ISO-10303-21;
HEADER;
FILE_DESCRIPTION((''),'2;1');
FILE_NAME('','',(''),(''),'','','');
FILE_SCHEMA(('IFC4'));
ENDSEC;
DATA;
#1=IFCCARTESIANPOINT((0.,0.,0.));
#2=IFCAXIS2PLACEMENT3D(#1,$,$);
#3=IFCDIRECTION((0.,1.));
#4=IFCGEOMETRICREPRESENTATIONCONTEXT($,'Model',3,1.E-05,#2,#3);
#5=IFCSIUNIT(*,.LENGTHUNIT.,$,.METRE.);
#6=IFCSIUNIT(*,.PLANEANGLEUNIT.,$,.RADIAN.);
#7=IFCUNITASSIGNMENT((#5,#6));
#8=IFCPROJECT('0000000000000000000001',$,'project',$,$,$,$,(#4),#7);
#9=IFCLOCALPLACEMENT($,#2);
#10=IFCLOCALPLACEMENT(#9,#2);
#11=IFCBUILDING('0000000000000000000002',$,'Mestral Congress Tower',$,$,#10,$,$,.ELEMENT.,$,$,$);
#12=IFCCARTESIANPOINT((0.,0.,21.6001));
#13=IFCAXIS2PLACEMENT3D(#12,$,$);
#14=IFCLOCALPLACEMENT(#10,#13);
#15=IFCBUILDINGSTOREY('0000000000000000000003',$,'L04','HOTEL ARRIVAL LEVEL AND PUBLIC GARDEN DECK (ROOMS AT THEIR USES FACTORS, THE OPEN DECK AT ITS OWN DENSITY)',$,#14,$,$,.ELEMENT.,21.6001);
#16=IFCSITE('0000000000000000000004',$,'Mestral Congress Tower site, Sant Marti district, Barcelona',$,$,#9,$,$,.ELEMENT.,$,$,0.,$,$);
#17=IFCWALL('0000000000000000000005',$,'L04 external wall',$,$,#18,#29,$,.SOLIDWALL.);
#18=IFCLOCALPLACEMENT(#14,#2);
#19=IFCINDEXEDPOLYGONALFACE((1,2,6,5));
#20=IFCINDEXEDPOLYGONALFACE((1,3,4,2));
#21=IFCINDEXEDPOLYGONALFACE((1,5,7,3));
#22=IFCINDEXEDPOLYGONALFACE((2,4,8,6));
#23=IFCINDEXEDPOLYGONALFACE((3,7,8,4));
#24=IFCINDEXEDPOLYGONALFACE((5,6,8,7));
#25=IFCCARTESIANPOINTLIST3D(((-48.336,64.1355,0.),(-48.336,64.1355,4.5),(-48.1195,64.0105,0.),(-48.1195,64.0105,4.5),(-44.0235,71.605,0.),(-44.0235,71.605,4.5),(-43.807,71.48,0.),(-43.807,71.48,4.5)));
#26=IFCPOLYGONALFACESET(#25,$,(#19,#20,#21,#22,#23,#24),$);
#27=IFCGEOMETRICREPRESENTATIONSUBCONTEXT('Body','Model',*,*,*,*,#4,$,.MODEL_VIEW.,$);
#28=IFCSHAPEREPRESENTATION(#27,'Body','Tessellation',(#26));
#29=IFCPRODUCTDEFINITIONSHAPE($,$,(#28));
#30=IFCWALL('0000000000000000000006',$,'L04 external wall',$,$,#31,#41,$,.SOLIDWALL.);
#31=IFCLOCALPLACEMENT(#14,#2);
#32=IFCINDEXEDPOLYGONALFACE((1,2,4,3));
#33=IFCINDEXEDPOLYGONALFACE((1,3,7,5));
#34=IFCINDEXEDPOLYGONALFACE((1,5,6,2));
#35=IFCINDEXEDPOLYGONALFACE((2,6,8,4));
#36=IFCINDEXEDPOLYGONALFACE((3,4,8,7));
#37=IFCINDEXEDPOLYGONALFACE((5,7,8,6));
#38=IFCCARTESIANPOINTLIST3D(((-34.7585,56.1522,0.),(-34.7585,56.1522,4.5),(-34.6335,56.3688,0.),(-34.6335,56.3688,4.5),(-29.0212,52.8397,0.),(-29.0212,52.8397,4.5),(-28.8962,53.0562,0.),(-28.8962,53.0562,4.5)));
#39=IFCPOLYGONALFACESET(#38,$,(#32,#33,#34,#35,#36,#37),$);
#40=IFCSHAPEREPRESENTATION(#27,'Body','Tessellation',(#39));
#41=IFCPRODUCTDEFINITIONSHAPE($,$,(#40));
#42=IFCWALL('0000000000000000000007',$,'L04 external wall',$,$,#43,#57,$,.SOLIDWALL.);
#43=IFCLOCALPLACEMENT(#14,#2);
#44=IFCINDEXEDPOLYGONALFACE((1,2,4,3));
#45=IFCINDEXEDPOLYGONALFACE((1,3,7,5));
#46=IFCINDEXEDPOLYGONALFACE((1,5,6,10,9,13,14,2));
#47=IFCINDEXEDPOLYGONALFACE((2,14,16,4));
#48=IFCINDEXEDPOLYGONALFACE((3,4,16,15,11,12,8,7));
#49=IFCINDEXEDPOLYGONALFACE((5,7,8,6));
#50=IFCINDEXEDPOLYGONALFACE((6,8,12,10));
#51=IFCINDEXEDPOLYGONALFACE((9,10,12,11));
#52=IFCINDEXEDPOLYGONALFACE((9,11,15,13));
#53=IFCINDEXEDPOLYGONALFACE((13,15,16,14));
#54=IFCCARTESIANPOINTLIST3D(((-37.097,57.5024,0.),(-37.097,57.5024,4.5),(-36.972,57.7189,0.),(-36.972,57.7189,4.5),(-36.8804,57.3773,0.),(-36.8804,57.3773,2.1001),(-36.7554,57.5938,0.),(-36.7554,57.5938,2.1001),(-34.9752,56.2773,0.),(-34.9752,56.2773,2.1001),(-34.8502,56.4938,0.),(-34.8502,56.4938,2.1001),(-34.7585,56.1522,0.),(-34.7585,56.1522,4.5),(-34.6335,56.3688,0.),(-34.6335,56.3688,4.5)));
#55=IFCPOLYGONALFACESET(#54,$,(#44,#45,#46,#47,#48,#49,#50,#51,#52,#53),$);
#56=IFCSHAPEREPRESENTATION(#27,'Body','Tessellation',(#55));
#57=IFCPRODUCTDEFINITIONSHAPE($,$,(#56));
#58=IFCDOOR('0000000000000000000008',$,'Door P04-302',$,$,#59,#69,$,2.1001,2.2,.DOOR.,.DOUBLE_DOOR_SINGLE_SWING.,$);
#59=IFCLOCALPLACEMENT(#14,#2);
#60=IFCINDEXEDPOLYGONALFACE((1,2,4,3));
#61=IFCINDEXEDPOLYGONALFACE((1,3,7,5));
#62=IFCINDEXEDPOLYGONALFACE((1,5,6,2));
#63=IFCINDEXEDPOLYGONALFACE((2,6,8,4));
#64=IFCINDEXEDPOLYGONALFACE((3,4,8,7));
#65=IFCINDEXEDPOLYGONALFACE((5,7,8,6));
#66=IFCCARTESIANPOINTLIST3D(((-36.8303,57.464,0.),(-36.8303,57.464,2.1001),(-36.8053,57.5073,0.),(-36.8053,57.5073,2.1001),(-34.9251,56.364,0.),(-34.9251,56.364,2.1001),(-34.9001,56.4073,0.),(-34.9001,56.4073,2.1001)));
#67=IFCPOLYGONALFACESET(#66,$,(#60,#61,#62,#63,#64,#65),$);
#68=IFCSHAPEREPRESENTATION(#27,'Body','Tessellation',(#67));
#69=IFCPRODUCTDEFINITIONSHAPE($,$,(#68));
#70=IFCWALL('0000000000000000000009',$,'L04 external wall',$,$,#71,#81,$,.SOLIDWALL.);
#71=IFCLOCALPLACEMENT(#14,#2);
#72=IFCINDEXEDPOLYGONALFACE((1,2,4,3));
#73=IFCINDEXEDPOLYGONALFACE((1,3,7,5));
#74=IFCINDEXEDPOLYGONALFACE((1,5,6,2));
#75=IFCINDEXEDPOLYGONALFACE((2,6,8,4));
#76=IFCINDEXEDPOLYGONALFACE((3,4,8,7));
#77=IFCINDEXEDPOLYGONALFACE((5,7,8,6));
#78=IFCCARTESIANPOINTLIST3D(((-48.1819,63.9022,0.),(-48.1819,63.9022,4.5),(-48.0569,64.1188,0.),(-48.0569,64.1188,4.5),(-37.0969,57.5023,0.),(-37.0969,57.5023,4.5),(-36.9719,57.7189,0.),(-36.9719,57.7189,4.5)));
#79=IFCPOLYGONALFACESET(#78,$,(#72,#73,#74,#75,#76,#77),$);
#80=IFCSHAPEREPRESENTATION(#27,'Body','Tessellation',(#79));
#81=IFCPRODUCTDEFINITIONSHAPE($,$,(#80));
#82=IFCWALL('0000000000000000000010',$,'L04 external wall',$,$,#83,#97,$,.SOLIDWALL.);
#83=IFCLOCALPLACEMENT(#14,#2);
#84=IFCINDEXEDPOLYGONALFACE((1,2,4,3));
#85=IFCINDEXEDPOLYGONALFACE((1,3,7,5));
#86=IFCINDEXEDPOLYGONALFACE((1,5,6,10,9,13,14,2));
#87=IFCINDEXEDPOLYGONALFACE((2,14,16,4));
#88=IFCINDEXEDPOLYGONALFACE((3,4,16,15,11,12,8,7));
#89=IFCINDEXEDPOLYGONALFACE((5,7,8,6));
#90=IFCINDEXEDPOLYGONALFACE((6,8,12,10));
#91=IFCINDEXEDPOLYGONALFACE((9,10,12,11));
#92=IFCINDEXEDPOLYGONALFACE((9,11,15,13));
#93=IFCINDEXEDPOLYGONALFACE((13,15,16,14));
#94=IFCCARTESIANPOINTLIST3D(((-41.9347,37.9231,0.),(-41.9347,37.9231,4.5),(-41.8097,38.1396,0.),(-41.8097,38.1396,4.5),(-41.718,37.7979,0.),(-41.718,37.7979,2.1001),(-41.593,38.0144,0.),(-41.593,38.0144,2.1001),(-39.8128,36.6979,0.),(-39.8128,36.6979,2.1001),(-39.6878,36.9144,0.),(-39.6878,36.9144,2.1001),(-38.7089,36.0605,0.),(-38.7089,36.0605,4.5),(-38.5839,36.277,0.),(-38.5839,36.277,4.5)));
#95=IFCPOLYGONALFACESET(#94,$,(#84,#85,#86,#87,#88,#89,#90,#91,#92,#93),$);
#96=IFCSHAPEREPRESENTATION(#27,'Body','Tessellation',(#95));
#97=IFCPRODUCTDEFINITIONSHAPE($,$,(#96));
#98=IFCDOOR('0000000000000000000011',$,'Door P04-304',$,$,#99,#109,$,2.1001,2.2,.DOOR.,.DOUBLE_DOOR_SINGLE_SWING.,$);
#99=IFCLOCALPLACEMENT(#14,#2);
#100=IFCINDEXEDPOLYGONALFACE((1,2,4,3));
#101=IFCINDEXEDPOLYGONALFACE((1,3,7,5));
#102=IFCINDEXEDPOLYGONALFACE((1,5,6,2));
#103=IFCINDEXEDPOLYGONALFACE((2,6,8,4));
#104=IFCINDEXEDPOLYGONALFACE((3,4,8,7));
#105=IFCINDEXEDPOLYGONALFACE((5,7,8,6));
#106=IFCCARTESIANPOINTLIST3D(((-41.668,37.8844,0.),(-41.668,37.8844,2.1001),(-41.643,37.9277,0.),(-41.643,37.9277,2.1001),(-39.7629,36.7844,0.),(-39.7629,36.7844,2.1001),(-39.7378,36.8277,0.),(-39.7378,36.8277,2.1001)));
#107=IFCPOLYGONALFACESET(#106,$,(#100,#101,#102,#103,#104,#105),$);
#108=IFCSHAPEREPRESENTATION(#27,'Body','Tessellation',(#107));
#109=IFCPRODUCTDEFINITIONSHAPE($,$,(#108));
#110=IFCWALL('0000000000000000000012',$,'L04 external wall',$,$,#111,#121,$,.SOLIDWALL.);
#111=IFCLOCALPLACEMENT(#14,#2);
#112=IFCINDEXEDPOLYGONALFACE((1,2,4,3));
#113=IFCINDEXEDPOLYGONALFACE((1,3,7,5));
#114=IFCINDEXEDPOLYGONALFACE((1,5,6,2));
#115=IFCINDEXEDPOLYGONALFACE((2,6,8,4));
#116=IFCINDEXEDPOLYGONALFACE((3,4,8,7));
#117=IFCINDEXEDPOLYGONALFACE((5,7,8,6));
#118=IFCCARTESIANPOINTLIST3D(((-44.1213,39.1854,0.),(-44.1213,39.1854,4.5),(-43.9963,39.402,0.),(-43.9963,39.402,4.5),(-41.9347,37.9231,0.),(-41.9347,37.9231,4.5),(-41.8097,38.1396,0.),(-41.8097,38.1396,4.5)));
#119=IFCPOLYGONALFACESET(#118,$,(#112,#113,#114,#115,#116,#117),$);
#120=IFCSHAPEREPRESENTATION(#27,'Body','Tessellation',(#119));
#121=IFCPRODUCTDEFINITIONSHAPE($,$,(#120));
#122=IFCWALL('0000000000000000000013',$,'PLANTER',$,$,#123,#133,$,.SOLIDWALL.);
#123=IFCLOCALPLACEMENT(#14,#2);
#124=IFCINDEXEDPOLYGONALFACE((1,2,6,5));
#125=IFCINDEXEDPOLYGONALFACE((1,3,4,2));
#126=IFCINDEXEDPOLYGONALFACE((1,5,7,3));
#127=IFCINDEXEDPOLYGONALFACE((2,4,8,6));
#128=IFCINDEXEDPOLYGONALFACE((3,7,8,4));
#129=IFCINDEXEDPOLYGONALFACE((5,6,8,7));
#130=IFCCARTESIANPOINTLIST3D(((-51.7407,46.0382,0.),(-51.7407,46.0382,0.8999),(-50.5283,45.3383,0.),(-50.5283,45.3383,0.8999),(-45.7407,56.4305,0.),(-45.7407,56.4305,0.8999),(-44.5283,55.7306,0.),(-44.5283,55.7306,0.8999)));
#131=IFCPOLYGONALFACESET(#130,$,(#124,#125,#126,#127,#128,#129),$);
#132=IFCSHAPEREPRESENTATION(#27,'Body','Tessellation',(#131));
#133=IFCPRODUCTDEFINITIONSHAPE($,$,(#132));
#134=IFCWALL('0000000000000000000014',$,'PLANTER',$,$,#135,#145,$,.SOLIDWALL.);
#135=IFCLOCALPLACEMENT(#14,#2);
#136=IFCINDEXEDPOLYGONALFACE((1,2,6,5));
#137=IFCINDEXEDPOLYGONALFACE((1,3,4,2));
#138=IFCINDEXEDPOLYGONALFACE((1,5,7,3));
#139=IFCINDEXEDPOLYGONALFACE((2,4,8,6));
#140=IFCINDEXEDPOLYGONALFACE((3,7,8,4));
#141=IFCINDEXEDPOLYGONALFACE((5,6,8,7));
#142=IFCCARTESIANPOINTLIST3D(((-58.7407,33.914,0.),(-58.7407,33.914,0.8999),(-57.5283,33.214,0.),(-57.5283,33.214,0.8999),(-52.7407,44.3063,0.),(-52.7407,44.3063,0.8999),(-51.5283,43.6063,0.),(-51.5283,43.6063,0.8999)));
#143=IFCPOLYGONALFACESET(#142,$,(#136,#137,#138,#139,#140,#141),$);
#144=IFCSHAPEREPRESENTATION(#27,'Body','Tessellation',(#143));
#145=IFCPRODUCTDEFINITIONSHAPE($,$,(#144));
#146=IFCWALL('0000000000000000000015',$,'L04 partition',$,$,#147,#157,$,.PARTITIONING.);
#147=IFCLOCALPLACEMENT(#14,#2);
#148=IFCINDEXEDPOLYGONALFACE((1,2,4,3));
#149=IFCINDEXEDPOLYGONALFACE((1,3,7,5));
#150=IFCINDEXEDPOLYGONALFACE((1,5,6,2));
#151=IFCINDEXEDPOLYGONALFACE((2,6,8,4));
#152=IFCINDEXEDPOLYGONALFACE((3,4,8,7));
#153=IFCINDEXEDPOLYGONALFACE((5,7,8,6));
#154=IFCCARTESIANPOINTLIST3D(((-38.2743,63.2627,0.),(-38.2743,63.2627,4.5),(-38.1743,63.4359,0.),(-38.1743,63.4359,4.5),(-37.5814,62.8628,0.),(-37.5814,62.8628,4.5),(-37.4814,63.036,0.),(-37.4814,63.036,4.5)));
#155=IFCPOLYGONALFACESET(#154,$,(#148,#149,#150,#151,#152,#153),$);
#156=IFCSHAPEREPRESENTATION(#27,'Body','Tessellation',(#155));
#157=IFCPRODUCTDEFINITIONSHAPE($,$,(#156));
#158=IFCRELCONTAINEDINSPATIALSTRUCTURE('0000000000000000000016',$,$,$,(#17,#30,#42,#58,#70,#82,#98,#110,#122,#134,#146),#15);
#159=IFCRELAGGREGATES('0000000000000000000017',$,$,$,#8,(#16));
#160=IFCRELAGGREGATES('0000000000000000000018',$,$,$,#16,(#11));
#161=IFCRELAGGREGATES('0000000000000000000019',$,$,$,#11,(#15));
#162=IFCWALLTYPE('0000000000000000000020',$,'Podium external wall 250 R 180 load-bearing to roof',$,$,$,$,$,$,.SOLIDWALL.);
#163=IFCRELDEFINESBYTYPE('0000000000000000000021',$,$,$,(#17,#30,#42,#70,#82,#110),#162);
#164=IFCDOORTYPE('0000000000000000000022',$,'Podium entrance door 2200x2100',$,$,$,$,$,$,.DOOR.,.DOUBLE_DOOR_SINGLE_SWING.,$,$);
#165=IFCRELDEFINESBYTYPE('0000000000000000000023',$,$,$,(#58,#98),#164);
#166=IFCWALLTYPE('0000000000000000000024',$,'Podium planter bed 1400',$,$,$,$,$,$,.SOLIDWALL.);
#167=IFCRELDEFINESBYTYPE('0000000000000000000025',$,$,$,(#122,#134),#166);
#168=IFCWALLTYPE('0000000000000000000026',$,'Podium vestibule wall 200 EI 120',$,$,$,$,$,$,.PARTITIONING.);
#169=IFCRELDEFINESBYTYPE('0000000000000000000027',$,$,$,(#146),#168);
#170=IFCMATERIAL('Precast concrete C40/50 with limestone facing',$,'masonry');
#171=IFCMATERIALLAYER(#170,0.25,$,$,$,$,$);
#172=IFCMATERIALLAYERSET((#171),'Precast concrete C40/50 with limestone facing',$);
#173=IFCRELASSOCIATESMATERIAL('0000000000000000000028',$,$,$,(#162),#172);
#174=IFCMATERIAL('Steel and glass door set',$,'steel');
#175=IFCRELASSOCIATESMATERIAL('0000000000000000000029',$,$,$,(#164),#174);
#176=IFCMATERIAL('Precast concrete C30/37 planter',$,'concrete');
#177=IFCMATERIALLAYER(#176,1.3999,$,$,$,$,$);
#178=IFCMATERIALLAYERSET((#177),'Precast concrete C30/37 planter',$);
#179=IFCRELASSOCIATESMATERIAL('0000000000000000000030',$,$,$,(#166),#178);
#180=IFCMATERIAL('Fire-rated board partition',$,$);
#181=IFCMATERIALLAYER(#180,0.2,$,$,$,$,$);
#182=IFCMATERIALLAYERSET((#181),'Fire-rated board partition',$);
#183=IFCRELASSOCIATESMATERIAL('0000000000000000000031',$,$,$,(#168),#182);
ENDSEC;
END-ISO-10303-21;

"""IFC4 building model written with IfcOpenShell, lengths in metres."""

from ifc_helpers import new_model, si_unit, direction, frame, frame_2d, origin, place, context, subcontext, project, spatial, rectangle, extrude, material, layer, layer_set, type_object, element, fill, save


model = new_model("IFC4")

# Units and contexts
model_context = context("Model", 3, precision=1e-05, world=origin(), true_north=direction((0.0, 1.0)))
body_context = subcontext(model_context, "Body", "Model", "MODEL_VIEW")
ifc_project = project(units=[si_unit("LENGTHUNIT", "METRE"), si_unit("PLANEANGLEUNIT", "RADIAN")], contexts=[model_context])

# Site, building, storey
site_placement = place(None, origin())
site = spatial("IfcSite", under=ifc_project, at=site_placement, Name="Mestral Congress Tower site, Sant Marti district, Barcelona", CompositionType="ELEMENT", RefElevation=0.0)
building_placement = place(site_placement, origin())
building = spatial("IfcBuilding", under=site, at=building_placement, Name="Mestral Congress Tower", CompositionType="ELEMENT")
storey_placement = place(building_placement, frame((0.0, 0.0, 21.6001)))
storey = spatial("IfcBuildingStorey", under=building, at=storey_placement, Name="L04", Description="HOTEL ARRIVAL LEVEL AND PUBLIC GARDEN DECK (ROOMS AT THEIR USES FACTORS, THE OPEN DECK AT ITS OWN DENSITY)", CompositionType="ELEMENT", Elevation=21.6001)

# Walls
ifc_material_1 = material(Name="Precast concrete C40/50 with limestone facing", Category="masonry")
ifc_layer_1 = layer(ifc_material_1, 0.25)
ifc_layer_set_1 = layer_set([ifc_layer_1], Name="Precast concrete C40/50 with limestone facing")
wall_type_1 = type_object("IfcWallType", Name="Podium external wall 250 R 180 load-bearing to roof", PredefinedType="SOLIDWALL", material=ifc_layer_set_1)
wall_1_placement = place(storey_placement, frame((-48.2278, 64.073, 0.0), z_axis=(0.0, 0.0, 1.0), x_axis=(0.499999, 0.866026, 0.0)))
element("IfcWall", 1, at=wall_1_placement, inside=storey, type_object=wall_type_1, Name="L04 external wall", PredefinedType="SOLIDWALL", context=body_context, shape_type="SweptSolid", body=[
    extrude(rectangle(XDim=8.625, YDim=0.25, at=frame_2d((4.3125, 0.0))), origin(), (0.0, 0.0, 1.0), 4.5),
])
wall_2_placement = place(storey_placement, frame((-34.696, 56.2605, 0.0), z_axis=(0.0, 0.0, 1.0), x_axis=(0.866021, -0.500007, 0.0)))
element("IfcWall", 2, at=wall_2_placement, inside=storey, type_object=wall_type_1, Name="L04 external wall", PredefinedType="SOLIDWALL", context=body_context, shape_type="SweptSolid", body=[
    extrude(rectangle(XDim=6.625, YDim=0.25, at=frame_2d((3.3125, 0.0))), origin(), (0.0, 0.0, 1.0), 4.5),
])

# Wall, opening, door
wall_3_placement = place(storey_placement, frame((-34.696, 56.2605, 0.0), z_axis=(0.0, 0.0, 1.0), x_axis=(-0.86602, 0.500009, 0.0)))
wall_3 = element("IfcWall", 3, at=wall_3_placement, inside=storey, type_object=wall_type_1, Name="L04 external wall", PredefinedType="SOLIDWALL", context=body_context, shape_type="SweptSolid", body=[
    extrude(rectangle(XDim=2.7002, YDim=0.25, at=frame_2d((1.3501, 0.0))), origin(), (0.0, 0.0, 1.0), 4.5),
])
opening_1_placement = place(wall_3_placement, frame((0.25, 0.0, 0.0)))
opening_1 = element("IfcOpeningElement", 4, at=opening_1_placement, cuts=wall_3, PredefinedType="OPENING", context=body_context, shape_type="SweptSolid", body=[
    extrude(rectangle(XDim=2.2, YDim=2.1001, at=frame_2d((1.1001, 1.05))), frame((0.0, 0.135, 0.0), z_axis=(0.0, -1.0, 0.0), x_axis=(1.0, 0.0, 0.0)), (0.0, 0.0, 1.0), 0.27),
])
ifc_material_2 = material(Name="Steel and glass door set", Category="steel")
door_type = type_object("IfcDoorType", Name="Podium entrance door 2200x2100", OperationType="DOUBLE_DOOR_SINGLE_SWING", PredefinedType="DOOR", material=ifc_material_2)
door_1_placement = place(opening_1_placement, origin())
door_1 = element("IfcDoor", 5, at=door_1_placement, inside=storey, type_object=door_type, Name="Door P04-302", OperationType="DOUBLE_DOOR_SINGLE_SWING", OverallHeight=2.1001, OverallWidth=2.2, PredefinedType="DOOR", context=body_context, shape_type="SweptSolid", body=[
    extrude(rectangle(XDim=2.2, YDim=2.1001, at=frame_2d((1.1001, 1.05))), frame((0.0, 0.0249, 0.0), z_axis=(0.0, -1.0, 0.0), x_axis=(1.0, 0.0, 0.0)), (0.0, 0.0, 1.0), 0.05),
])
fill(opening_1, door_1)

# Wall
wall_4_placement = place(storey_placement, frame((-48.1194, 64.0105, 0.0), z_axis=(0.0, 0.0, 1.0), x_axis=(0.866025, -0.5, 0.0)))
element("IfcWall", 6, at=wall_4_placement, inside=storey, type_object=wall_type_1, Name="L04 external wall", PredefinedType="SOLIDWALL", context=body_context, shape_type="SweptSolid", body=[
    extrude(rectangle(XDim=12.7998, YDim=0.25, at=frame_2d((6.3999, 0.0))), origin(), (0.0, 0.0, 1.0), 4.5),
])

# Wall, opening, door
wall_5_placement = place(storey_placement, frame((-41.8721, 38.0312, 0.0), z_axis=(0.0, 0.0, 1.0), x_axis=(0.866012, -0.500023, 0.0)))
wall_5 = element("IfcWall", 7, at=wall_5_placement, inside=storey, type_object=wall_type_1, Name="L04 external wall", PredefinedType="SOLIDWALL", context=body_context, shape_type="SweptSolid", body=[
    extrude(rectangle(XDim=3.7249, YDim=0.25, at=frame_2d((1.8623, 0.0))), origin(), (0.0, 0.0, 1.0), 4.5),
])
opening_2_placement = place(wall_5_placement, frame((0.25, 0.0, 0.0)))
opening_2 = element("IfcOpeningElement", 8, at=opening_2_placement, cuts=wall_5, PredefinedType="OPENING", context=body_context, shape_type="SweptSolid", body=[
    extrude(rectangle(XDim=2.2, YDim=2.1001, at=frame_2d((1.1001, 1.05))), frame((0.0, 0.135, 0.0), z_axis=(0.0, -1.0, 0.0), x_axis=(1.0, 0.0, 0.0)), (0.0, 0.0, 1.0), 0.27),
])
door_2_placement = place(opening_2_placement, origin())
door_2 = element("IfcDoor", 9, at=door_2_placement, inside=storey, type_object=door_type, Name="Door P04-304", OperationType="DOUBLE_DOOR_SINGLE_SWING", OverallHeight=2.1001, OverallWidth=2.2, PredefinedType="DOOR", context=body_context, shape_type="SweptSolid", body=[
    extrude(rectangle(XDim=2.2, YDim=2.1001, at=frame_2d((1.1001, 1.05))), frame((0.0, 0.0249, 0.0), z_axis=(0.0, -1.0, 0.0), x_axis=(1.0, 0.0, 0.0)), (0.0, 0.0, 1.0), 0.05),
])
fill(opening_2, door_2)

# Walls
wall_6_placement = place(storey_placement, frame((-44.0588, 39.2937, 0.0), z_axis=(0.0, 0.0, 1.0), x_axis=(0.866039, -0.499976, 0.0)))
element("IfcWall", 10, at=wall_6_placement, inside=storey, type_object=wall_type_1, Name="L04 external wall", PredefinedType="SOLIDWALL", context=body_context, shape_type="SweptSolid", body=[
    extrude(rectangle(XDim=2.5249, YDim=0.25, at=frame_2d((1.2625, 0.0))), origin(), (0.0, 0.0, 1.0), 4.5),
])
ifc_material_3 = material(Name="Precast concrete C30/37 planter", Category="concrete")
ifc_layer_2 = layer(ifc_material_3, 1.3999)
ifc_layer_set_2 = layer_set([ifc_layer_2], Name="Precast concrete C30/37 planter")
wall_type_2 = type_object("IfcWallType", Name="Podium planter bed 1400", PredefinedType="SOLIDWALL", material=ifc_layer_set_2)
for number, where, z_axis, x_axis, name in (
    (11, (-45.1345, 56.0806, 0.0), (0.0, 0.0, 1.0), (-0.499999, -0.866026, 0.0), "PLANTER"),
    (12, (-52.1345, 43.9563, 0.0), (0.0, 0.0, 1.0), (-0.499999, -0.866026, 0.0), "PLANTER"),
):
    element("IfcWall", number, at=place(storey_placement, frame(where, z_axis=z_axis, x_axis=x_axis)), inside=storey, type_object=wall_type_2, Name=name, PredefinedType="SOLIDWALL", context=body_context, shape_type="SweptSolid", body=[
        extrude(rectangle(XDim=12.0, YDim=1.3999, at=frame_2d((6.0, 0.0))), origin(), (0.0, 0.0, 1.0), 0.8999),
    ])
ifc_material_4 = material(Name="Fire-rated board partition")
ifc_layer_3 = layer(ifc_material_4, 0.2)
ifc_layer_set_3 = layer_set([ifc_layer_3], Name="Fire-rated board partition")
wall_type_3 = type_object("IfcWallType", Name="Podium vestibule wall 200 EI 120", PredefinedType="PARTITIONING", material=ifc_layer_set_3)
wall_7_placement = place(storey_placement, frame((-37.5315, 62.9495, 0.0), z_axis=(0.0, 0.0, 1.0), x_axis=(-0.866094, 0.499881, 0.0)))
element("IfcWall", 13, at=wall_7_placement, inside=storey, type_object=wall_type_3, Name="L04 partition", PredefinedType="PARTITIONING", context=body_context, shape_type="SweptSolid", body=[
    extrude(rectangle(XDim=0.8, YDim=0.2, at=frame_2d((0.3999, 0.0))), origin(), (0.0, 0.0, 1.0), 4.5),
])

save(model, "model.ifc")
